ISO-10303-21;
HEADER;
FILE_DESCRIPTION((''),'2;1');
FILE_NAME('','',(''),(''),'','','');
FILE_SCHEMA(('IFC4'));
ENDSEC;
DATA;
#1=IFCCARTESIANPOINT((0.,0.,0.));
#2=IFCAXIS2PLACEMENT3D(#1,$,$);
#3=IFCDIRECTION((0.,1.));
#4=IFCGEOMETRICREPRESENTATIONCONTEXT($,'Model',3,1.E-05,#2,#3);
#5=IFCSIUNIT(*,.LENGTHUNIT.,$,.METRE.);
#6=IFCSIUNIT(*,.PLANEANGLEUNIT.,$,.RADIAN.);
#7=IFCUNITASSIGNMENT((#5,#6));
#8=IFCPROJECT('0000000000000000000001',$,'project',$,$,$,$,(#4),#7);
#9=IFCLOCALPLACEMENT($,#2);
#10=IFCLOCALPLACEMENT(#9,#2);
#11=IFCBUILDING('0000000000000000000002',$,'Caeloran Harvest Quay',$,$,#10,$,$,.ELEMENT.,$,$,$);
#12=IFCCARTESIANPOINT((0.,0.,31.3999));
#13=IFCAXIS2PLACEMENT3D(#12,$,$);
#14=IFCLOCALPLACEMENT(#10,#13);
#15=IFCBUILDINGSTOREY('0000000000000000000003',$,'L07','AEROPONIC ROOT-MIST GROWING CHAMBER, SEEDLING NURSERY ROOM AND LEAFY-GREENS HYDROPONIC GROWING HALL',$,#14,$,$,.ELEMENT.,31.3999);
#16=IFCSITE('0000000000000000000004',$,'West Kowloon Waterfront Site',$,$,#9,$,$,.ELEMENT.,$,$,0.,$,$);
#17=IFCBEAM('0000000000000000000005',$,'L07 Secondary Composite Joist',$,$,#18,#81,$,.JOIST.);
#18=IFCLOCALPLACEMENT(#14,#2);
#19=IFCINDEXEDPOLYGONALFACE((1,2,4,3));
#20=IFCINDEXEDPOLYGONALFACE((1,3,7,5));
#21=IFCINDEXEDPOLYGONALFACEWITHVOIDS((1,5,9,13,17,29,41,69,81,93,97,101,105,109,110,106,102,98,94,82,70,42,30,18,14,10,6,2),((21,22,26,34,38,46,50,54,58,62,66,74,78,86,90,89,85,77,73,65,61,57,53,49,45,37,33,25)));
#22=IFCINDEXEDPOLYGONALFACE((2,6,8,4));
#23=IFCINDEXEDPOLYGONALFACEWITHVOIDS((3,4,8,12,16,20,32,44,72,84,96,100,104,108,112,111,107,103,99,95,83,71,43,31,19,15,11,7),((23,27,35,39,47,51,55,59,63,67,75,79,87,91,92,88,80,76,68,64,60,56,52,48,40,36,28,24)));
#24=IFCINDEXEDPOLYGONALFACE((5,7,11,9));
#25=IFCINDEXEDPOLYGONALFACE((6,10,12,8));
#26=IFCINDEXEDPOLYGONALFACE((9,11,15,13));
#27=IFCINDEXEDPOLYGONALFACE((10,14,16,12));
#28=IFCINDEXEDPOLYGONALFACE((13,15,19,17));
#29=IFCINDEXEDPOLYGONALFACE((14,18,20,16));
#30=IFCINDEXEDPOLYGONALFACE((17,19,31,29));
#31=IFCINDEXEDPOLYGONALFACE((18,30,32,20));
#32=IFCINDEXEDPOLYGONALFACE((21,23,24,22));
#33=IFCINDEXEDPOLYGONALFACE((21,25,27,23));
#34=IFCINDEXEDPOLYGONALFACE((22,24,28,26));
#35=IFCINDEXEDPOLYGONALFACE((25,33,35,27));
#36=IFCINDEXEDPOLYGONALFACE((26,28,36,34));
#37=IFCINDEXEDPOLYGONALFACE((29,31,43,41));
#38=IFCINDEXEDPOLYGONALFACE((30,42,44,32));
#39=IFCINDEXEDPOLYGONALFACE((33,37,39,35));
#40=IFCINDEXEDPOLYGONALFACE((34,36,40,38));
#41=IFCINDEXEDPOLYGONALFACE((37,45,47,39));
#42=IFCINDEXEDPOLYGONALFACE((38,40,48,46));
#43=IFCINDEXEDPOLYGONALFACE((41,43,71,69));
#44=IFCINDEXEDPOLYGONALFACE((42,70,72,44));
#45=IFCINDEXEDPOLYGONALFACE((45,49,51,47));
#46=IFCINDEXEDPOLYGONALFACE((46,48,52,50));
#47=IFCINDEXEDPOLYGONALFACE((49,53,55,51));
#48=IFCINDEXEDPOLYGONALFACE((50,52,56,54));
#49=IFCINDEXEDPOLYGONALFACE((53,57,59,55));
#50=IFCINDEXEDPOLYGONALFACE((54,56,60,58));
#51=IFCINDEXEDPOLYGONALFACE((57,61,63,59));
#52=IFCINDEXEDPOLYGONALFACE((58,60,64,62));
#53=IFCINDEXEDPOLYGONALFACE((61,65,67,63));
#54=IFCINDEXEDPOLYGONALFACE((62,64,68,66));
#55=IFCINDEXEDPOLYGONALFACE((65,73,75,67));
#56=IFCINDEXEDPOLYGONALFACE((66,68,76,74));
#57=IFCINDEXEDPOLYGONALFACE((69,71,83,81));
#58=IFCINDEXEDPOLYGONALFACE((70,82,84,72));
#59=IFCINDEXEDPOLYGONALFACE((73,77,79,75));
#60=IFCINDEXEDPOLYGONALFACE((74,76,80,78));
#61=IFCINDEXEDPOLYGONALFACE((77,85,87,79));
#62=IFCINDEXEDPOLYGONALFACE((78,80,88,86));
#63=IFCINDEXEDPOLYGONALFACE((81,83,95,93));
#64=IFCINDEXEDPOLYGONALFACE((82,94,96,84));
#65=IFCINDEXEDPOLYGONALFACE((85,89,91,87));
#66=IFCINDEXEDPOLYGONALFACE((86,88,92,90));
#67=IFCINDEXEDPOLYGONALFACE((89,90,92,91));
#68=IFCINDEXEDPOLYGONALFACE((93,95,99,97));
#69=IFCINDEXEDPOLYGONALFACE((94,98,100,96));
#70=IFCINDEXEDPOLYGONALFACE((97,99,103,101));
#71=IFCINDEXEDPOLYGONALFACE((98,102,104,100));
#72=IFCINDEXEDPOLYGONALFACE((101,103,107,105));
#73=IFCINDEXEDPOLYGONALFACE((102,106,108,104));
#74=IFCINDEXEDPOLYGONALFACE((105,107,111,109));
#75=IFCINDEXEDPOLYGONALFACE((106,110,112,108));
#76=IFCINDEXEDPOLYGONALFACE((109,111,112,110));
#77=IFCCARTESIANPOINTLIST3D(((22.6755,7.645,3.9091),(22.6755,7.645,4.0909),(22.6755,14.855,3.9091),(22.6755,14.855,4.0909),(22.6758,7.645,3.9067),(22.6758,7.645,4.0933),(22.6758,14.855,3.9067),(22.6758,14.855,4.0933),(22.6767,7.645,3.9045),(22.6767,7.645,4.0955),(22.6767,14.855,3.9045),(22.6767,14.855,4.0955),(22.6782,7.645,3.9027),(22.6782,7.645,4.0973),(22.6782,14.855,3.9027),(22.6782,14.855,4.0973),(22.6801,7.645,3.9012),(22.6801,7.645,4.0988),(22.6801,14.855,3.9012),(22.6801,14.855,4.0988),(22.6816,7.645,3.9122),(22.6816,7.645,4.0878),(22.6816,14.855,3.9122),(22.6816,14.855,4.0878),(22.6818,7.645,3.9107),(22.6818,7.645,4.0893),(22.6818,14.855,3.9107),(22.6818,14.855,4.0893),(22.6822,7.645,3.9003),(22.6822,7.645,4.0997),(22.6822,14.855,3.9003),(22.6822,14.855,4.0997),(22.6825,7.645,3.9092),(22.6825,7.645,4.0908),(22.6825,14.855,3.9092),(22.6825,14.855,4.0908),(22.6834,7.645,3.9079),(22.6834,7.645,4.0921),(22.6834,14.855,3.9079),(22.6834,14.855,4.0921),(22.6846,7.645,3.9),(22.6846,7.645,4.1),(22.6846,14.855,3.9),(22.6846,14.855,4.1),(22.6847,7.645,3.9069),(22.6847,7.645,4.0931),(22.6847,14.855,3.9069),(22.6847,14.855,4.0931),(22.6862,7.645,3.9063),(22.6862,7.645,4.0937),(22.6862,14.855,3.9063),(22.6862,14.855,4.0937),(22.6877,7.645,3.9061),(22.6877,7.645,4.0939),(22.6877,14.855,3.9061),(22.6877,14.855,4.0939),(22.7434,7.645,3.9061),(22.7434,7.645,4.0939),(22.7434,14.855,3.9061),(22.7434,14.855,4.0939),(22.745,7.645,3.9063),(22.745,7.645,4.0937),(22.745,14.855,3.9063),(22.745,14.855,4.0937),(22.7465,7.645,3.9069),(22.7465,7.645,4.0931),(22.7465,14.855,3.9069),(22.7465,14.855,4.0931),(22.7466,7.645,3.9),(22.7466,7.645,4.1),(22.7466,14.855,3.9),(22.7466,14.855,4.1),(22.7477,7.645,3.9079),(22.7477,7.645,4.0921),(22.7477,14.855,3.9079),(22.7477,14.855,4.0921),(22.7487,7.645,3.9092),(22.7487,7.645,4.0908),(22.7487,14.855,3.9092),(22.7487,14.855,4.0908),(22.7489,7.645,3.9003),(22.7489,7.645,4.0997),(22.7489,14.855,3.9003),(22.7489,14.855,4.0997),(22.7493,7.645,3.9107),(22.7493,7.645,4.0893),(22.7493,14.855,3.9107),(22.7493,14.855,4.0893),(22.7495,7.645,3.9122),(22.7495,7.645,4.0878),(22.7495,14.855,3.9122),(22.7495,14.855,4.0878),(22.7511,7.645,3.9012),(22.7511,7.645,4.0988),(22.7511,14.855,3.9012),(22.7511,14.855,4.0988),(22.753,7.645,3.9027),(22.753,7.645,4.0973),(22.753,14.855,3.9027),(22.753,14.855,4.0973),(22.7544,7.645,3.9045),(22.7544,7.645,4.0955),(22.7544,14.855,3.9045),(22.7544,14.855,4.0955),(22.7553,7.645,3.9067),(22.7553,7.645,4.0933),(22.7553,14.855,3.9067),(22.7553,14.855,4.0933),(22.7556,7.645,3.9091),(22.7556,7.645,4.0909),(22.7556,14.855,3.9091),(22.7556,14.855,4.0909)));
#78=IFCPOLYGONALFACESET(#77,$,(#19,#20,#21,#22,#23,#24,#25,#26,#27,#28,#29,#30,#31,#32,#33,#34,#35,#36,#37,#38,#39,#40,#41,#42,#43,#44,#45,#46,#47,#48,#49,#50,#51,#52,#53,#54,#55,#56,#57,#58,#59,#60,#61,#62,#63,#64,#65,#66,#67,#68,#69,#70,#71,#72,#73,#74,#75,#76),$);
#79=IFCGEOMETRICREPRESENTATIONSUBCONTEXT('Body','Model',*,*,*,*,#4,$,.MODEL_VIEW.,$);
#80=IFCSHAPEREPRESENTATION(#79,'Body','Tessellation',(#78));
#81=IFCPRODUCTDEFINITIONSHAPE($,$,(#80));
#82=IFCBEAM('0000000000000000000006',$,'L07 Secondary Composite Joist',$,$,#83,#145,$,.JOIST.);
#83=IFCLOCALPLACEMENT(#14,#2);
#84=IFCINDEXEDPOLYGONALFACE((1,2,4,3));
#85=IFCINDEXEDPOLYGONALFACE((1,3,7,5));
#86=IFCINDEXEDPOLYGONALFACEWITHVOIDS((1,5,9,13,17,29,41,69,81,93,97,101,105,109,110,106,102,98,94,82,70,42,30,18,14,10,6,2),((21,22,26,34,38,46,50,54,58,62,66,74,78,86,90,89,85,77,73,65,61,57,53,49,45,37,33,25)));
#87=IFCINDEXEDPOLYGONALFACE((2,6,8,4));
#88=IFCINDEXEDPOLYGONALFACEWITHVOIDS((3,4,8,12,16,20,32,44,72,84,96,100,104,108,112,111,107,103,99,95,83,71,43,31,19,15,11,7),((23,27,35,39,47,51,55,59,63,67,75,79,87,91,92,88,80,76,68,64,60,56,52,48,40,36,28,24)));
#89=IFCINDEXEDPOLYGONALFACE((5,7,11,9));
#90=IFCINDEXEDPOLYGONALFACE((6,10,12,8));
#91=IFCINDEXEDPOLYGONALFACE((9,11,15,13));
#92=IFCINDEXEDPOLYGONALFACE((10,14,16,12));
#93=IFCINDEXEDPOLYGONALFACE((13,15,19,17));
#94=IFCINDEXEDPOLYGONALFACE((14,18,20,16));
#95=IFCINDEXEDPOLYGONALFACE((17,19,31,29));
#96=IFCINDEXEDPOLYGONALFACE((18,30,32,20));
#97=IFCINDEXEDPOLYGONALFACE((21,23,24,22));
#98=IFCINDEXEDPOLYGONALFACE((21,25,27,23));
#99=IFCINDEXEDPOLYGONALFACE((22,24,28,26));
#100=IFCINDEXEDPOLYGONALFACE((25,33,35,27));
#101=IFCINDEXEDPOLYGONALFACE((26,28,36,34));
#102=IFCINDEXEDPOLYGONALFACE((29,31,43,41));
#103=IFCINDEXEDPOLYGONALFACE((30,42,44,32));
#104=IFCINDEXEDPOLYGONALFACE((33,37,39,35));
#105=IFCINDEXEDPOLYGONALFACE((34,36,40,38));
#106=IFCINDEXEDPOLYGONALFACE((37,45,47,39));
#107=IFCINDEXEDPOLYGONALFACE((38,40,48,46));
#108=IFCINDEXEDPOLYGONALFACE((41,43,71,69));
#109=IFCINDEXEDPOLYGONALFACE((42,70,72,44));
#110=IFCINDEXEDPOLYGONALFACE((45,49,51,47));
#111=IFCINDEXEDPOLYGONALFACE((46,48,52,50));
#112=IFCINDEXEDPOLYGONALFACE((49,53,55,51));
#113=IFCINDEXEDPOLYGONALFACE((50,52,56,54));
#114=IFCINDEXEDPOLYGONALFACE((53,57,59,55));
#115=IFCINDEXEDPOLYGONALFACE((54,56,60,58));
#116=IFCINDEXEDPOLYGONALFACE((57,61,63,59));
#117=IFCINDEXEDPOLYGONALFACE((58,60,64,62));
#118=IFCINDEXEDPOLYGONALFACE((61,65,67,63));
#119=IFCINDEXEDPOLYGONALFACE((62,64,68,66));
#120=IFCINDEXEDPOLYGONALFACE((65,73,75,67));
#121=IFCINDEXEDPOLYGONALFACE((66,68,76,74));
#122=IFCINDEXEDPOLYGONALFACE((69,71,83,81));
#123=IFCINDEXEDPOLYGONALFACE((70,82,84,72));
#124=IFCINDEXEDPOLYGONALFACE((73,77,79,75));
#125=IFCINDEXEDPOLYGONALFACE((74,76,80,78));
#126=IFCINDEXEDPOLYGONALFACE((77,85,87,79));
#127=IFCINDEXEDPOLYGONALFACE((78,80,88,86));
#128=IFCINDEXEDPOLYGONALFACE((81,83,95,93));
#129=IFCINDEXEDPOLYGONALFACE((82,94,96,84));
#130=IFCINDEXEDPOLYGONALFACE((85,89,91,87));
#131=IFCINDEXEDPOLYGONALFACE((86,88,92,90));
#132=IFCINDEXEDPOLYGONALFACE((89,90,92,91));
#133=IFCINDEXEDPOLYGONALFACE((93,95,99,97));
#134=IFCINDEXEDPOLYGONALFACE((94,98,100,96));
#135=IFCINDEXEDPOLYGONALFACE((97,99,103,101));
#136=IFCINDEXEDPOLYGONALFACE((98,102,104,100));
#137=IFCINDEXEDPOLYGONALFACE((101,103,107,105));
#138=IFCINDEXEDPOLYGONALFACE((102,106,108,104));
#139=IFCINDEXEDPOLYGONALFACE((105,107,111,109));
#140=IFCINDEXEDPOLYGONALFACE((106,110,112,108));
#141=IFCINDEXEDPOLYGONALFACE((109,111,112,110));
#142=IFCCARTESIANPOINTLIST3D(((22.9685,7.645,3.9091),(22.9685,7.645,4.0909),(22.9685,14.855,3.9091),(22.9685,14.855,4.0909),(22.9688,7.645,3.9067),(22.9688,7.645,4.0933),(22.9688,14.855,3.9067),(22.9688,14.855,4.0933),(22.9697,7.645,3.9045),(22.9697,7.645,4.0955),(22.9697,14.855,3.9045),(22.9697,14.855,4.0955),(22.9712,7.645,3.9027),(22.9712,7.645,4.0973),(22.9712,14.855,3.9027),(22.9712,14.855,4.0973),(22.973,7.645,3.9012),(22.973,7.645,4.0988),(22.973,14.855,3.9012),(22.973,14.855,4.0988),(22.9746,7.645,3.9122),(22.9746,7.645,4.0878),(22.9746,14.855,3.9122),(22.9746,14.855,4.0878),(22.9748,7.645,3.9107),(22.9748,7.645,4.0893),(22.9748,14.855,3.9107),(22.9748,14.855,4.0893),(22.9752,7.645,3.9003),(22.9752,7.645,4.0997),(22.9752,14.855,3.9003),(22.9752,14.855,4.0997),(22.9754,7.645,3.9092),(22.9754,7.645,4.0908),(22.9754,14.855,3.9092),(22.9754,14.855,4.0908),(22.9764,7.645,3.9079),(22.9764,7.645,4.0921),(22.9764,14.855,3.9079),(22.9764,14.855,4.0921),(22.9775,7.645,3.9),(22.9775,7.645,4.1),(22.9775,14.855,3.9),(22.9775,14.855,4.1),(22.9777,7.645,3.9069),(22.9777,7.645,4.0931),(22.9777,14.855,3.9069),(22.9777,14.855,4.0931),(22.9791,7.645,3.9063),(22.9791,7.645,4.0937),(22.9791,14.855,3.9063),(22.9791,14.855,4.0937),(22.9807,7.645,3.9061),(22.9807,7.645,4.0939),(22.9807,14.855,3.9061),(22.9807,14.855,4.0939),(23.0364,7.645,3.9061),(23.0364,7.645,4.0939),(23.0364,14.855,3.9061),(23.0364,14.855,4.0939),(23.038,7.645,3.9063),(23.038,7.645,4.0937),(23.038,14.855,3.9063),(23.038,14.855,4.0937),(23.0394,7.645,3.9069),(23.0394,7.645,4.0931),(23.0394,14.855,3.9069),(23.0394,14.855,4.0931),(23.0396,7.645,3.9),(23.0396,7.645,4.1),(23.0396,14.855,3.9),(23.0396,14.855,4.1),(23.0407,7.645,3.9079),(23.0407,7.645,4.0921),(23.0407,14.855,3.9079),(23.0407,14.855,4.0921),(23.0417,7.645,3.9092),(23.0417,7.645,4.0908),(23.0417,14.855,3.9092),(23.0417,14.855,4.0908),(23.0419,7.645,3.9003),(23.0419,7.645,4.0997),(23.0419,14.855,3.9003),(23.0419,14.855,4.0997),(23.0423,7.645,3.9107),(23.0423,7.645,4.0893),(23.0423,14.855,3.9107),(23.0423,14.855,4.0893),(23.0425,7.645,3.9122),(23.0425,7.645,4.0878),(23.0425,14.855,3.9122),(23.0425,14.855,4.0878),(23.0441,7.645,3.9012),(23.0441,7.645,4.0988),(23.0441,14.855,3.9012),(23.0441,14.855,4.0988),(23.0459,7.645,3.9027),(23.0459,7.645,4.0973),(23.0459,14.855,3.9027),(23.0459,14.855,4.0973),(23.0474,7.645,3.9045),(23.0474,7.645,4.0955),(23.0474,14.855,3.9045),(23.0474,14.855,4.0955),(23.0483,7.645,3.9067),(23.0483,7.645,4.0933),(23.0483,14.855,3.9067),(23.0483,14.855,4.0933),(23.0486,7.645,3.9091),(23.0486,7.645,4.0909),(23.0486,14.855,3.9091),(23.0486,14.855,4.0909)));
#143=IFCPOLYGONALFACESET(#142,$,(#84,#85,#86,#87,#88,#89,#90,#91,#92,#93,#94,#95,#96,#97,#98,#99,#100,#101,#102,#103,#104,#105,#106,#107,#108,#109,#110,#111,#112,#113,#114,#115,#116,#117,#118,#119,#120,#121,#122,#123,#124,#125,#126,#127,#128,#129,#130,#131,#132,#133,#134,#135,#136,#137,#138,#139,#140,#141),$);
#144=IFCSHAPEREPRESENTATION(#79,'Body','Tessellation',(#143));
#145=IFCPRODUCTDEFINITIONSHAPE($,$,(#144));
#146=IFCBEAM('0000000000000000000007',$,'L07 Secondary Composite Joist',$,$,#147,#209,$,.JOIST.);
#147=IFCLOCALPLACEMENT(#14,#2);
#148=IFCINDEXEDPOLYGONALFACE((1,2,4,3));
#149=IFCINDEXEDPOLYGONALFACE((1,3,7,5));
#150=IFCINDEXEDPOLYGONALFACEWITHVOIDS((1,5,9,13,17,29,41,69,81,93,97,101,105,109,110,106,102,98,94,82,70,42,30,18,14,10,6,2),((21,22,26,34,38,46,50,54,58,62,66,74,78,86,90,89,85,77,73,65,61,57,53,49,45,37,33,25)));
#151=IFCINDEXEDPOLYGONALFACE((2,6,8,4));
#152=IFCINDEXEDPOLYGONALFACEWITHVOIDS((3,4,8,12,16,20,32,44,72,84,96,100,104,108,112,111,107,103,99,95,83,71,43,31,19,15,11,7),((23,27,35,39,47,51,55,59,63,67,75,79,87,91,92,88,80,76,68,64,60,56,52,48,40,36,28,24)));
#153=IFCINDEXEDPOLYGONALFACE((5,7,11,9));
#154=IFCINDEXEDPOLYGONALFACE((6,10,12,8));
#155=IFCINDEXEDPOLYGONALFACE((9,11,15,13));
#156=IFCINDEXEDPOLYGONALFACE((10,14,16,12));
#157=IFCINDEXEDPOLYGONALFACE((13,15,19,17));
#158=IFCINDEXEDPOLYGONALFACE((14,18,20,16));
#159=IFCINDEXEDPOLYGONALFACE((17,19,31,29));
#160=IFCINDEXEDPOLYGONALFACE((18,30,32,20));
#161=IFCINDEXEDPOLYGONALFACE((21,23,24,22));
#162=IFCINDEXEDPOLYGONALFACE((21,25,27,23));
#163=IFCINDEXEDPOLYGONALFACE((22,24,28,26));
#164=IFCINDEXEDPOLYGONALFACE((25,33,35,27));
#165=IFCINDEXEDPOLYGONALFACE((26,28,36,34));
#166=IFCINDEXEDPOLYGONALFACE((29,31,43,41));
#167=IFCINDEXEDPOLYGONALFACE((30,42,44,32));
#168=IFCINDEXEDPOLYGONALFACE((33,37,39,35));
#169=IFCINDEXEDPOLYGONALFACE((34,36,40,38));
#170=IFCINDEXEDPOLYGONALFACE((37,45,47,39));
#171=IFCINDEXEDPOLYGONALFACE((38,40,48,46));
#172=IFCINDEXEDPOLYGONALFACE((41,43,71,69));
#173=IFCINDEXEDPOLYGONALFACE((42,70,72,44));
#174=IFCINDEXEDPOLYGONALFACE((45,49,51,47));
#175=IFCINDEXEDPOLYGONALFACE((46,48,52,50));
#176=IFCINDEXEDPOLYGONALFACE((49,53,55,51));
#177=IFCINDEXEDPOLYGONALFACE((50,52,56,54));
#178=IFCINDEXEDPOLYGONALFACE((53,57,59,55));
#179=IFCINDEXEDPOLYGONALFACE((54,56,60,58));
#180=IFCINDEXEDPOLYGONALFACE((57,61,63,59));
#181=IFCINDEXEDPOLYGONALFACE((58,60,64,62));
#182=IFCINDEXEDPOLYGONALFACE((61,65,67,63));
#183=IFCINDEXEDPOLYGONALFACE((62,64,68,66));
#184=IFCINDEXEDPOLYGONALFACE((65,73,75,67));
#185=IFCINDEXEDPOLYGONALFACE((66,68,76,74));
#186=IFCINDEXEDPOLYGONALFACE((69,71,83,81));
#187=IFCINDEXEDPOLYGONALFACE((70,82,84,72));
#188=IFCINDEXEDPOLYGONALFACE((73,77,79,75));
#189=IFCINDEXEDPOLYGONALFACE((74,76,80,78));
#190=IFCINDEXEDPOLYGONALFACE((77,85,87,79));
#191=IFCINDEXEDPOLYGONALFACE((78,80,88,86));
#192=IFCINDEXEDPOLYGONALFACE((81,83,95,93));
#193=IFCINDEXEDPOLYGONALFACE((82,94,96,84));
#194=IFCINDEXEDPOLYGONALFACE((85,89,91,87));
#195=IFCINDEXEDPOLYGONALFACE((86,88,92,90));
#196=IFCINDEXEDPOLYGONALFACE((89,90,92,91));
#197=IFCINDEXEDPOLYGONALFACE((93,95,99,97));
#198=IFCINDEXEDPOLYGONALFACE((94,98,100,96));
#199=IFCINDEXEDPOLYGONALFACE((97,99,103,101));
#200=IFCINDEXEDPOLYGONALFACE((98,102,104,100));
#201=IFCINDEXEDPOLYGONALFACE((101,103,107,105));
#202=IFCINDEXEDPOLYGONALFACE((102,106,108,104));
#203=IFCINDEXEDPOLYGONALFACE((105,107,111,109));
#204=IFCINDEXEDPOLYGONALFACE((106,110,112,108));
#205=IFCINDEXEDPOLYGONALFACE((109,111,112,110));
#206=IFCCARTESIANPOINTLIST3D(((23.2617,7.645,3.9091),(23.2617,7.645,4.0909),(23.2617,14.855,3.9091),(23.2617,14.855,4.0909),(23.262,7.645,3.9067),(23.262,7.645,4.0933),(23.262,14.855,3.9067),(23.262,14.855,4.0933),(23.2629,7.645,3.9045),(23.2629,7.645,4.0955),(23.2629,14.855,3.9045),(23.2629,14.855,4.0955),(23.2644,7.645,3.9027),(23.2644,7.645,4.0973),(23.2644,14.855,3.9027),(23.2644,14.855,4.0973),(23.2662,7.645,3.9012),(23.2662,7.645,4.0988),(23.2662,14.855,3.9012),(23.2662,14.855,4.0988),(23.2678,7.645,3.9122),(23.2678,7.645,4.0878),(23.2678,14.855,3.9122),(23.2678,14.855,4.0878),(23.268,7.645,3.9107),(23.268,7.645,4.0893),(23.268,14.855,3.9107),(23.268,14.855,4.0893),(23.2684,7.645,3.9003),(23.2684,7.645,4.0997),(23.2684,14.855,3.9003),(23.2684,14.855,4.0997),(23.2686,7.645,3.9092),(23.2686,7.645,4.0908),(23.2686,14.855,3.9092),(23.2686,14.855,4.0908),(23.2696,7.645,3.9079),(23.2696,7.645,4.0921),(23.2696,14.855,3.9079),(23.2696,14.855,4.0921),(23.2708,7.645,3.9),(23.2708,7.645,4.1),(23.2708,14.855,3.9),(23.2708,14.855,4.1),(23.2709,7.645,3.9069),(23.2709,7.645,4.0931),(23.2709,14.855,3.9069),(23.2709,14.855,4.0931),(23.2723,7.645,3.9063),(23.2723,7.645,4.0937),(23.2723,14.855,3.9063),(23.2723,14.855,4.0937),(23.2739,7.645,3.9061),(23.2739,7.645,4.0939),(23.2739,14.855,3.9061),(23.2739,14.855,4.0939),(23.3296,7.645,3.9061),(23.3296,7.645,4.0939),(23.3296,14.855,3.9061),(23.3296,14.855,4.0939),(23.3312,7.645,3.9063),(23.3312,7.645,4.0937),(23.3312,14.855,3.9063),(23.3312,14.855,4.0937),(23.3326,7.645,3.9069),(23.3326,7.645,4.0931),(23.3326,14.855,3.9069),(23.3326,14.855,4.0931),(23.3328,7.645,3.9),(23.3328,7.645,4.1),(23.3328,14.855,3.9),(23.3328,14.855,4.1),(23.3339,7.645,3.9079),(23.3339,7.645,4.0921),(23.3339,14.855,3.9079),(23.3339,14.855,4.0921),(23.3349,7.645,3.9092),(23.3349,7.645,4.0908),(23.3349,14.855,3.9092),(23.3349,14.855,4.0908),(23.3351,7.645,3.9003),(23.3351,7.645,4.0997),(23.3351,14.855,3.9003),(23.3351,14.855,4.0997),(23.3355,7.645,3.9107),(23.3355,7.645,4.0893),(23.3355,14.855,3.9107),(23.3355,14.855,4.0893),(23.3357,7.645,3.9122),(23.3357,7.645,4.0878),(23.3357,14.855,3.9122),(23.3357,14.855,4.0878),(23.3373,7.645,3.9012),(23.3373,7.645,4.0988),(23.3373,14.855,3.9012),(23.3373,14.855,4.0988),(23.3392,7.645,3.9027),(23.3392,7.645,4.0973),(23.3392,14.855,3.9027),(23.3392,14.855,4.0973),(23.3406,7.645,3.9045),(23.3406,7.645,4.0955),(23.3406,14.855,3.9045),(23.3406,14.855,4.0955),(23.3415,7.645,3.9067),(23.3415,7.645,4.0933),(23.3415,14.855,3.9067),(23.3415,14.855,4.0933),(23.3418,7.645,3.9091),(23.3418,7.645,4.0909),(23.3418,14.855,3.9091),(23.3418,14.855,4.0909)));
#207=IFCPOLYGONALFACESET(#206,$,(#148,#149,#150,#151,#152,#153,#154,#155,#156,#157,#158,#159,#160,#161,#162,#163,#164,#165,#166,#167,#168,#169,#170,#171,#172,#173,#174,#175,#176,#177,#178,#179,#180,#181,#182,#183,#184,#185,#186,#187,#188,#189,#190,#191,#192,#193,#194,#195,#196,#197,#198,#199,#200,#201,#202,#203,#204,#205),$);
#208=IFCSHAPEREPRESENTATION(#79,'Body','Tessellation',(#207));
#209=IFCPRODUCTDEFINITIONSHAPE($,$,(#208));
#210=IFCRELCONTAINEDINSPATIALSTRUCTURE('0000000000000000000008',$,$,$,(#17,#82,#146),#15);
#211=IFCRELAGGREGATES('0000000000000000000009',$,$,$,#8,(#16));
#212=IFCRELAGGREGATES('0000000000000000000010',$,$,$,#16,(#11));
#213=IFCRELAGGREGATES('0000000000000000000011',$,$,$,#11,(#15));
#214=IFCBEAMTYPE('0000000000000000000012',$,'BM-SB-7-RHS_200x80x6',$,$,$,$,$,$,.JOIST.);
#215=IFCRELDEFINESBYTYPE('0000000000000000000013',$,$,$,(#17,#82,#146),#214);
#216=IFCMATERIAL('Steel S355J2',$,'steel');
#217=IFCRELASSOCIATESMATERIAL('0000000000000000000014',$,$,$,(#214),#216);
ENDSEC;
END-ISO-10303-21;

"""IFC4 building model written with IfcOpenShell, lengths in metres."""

from ifc_helpers import new_model, si_unit, direction, frame, origin, origin_2d, place, context, subcontext, project, spatial, hollow_rectangle, extrude, material, material_profile, profile_set, type_object, element, save


model = new_model("IFC4")

# Units and contexts
model_context = context("Model", 3, precision=1e-05, world=origin(), true_north=direction((0.0, 1.0)))
body_context = subcontext(model_context, "Body", "Model", "MODEL_VIEW")
ifc_project = project(units=[si_unit("LENGTHUNIT", "METRE"), si_unit("PLANEANGLEUNIT", "RADIAN")], contexts=[model_context])

# Site, building, storey
site_placement = place(None, origin())
site = spatial("IfcSite", under=ifc_project, at=site_placement, Name="West Kowloon Waterfront Site", CompositionType="ELEMENT", RefElevation=0.0)
building_placement = place(site_placement, origin())
building = spatial("IfcBuilding", under=site, at=building_placement, Name="Caeloran Harvest Quay", CompositionType="ELEMENT")
storey_placement = place(building_placement, frame((0.0, 0.0, 31.3999)))
storey = spatial("IfcBuildingStorey", under=building, at=storey_placement, Name="L07", Description="AEROPONIC ROOT-MIST GROWING CHAMBER, SEEDLING NURSERY ROOM AND LEAFY-GREENS HYDROPONIC GROWING HALL", CompositionType="ELEMENT", Elevation=31.3999)

# Beams
ifc_material_1 = material(Name="Steel S355J2", Category="steel")
ifc_material_profile_1 = material_profile(ifc_material_1, hollow_rectangle(XDim=0.0801, YDim=0.2, WallThickness=0.0061, InnerFilletRadius=0.0061, OuterFilletRadius=0.009, at=origin_2d()), Name="RHS 200x80x6")
ifc_profile_set_1 = profile_set([ifc_material_profile_1], Name="Steel S355J2")
beam_type_1 = type_object("IfcBeamType", Name="BM-SB-7-RHS_200x80x6", PredefinedType="JOIST", material=ifc_profile_set_1)
for number, where, z_axis, x_axis, name in (
    (1, (22.7156, 7.645, 4.0), (0.0, 1.0, 0.0), (-1.0, 0.0, 0.0), "L07 Secondary Composite Joist"),
    (2, (23.0085, 7.645, 4.0), (0.0, 1.0, 0.0), (-1.0, 0.0, 0.0), "L07 Secondary Composite Joist"),
    (3, (23.3018, 7.645, 4.0), (0.0, 1.0, 0.0), (-1.0, 0.0, 0.0), "L07 Secondary Composite Joist"),
):
    element("IfcBeam", number, at=place(storey_placement, frame(where, z_axis=z_axis, x_axis=x_axis)), inside=storey, type_object=beam_type_1, Name=name, PredefinedType="JOIST", context=body_context, shape_type="SweptSolid", body=[
        extrude(hollow_rectangle(XDim=0.0801, YDim=0.2, WallThickness=0.0061, InnerFilletRadius=0.0061, OuterFilletRadius=0.009, at=origin_2d()), origin(), (0.0, 0.0, 1.0), 7.21),
    ])

save(model, "model.ifc")
